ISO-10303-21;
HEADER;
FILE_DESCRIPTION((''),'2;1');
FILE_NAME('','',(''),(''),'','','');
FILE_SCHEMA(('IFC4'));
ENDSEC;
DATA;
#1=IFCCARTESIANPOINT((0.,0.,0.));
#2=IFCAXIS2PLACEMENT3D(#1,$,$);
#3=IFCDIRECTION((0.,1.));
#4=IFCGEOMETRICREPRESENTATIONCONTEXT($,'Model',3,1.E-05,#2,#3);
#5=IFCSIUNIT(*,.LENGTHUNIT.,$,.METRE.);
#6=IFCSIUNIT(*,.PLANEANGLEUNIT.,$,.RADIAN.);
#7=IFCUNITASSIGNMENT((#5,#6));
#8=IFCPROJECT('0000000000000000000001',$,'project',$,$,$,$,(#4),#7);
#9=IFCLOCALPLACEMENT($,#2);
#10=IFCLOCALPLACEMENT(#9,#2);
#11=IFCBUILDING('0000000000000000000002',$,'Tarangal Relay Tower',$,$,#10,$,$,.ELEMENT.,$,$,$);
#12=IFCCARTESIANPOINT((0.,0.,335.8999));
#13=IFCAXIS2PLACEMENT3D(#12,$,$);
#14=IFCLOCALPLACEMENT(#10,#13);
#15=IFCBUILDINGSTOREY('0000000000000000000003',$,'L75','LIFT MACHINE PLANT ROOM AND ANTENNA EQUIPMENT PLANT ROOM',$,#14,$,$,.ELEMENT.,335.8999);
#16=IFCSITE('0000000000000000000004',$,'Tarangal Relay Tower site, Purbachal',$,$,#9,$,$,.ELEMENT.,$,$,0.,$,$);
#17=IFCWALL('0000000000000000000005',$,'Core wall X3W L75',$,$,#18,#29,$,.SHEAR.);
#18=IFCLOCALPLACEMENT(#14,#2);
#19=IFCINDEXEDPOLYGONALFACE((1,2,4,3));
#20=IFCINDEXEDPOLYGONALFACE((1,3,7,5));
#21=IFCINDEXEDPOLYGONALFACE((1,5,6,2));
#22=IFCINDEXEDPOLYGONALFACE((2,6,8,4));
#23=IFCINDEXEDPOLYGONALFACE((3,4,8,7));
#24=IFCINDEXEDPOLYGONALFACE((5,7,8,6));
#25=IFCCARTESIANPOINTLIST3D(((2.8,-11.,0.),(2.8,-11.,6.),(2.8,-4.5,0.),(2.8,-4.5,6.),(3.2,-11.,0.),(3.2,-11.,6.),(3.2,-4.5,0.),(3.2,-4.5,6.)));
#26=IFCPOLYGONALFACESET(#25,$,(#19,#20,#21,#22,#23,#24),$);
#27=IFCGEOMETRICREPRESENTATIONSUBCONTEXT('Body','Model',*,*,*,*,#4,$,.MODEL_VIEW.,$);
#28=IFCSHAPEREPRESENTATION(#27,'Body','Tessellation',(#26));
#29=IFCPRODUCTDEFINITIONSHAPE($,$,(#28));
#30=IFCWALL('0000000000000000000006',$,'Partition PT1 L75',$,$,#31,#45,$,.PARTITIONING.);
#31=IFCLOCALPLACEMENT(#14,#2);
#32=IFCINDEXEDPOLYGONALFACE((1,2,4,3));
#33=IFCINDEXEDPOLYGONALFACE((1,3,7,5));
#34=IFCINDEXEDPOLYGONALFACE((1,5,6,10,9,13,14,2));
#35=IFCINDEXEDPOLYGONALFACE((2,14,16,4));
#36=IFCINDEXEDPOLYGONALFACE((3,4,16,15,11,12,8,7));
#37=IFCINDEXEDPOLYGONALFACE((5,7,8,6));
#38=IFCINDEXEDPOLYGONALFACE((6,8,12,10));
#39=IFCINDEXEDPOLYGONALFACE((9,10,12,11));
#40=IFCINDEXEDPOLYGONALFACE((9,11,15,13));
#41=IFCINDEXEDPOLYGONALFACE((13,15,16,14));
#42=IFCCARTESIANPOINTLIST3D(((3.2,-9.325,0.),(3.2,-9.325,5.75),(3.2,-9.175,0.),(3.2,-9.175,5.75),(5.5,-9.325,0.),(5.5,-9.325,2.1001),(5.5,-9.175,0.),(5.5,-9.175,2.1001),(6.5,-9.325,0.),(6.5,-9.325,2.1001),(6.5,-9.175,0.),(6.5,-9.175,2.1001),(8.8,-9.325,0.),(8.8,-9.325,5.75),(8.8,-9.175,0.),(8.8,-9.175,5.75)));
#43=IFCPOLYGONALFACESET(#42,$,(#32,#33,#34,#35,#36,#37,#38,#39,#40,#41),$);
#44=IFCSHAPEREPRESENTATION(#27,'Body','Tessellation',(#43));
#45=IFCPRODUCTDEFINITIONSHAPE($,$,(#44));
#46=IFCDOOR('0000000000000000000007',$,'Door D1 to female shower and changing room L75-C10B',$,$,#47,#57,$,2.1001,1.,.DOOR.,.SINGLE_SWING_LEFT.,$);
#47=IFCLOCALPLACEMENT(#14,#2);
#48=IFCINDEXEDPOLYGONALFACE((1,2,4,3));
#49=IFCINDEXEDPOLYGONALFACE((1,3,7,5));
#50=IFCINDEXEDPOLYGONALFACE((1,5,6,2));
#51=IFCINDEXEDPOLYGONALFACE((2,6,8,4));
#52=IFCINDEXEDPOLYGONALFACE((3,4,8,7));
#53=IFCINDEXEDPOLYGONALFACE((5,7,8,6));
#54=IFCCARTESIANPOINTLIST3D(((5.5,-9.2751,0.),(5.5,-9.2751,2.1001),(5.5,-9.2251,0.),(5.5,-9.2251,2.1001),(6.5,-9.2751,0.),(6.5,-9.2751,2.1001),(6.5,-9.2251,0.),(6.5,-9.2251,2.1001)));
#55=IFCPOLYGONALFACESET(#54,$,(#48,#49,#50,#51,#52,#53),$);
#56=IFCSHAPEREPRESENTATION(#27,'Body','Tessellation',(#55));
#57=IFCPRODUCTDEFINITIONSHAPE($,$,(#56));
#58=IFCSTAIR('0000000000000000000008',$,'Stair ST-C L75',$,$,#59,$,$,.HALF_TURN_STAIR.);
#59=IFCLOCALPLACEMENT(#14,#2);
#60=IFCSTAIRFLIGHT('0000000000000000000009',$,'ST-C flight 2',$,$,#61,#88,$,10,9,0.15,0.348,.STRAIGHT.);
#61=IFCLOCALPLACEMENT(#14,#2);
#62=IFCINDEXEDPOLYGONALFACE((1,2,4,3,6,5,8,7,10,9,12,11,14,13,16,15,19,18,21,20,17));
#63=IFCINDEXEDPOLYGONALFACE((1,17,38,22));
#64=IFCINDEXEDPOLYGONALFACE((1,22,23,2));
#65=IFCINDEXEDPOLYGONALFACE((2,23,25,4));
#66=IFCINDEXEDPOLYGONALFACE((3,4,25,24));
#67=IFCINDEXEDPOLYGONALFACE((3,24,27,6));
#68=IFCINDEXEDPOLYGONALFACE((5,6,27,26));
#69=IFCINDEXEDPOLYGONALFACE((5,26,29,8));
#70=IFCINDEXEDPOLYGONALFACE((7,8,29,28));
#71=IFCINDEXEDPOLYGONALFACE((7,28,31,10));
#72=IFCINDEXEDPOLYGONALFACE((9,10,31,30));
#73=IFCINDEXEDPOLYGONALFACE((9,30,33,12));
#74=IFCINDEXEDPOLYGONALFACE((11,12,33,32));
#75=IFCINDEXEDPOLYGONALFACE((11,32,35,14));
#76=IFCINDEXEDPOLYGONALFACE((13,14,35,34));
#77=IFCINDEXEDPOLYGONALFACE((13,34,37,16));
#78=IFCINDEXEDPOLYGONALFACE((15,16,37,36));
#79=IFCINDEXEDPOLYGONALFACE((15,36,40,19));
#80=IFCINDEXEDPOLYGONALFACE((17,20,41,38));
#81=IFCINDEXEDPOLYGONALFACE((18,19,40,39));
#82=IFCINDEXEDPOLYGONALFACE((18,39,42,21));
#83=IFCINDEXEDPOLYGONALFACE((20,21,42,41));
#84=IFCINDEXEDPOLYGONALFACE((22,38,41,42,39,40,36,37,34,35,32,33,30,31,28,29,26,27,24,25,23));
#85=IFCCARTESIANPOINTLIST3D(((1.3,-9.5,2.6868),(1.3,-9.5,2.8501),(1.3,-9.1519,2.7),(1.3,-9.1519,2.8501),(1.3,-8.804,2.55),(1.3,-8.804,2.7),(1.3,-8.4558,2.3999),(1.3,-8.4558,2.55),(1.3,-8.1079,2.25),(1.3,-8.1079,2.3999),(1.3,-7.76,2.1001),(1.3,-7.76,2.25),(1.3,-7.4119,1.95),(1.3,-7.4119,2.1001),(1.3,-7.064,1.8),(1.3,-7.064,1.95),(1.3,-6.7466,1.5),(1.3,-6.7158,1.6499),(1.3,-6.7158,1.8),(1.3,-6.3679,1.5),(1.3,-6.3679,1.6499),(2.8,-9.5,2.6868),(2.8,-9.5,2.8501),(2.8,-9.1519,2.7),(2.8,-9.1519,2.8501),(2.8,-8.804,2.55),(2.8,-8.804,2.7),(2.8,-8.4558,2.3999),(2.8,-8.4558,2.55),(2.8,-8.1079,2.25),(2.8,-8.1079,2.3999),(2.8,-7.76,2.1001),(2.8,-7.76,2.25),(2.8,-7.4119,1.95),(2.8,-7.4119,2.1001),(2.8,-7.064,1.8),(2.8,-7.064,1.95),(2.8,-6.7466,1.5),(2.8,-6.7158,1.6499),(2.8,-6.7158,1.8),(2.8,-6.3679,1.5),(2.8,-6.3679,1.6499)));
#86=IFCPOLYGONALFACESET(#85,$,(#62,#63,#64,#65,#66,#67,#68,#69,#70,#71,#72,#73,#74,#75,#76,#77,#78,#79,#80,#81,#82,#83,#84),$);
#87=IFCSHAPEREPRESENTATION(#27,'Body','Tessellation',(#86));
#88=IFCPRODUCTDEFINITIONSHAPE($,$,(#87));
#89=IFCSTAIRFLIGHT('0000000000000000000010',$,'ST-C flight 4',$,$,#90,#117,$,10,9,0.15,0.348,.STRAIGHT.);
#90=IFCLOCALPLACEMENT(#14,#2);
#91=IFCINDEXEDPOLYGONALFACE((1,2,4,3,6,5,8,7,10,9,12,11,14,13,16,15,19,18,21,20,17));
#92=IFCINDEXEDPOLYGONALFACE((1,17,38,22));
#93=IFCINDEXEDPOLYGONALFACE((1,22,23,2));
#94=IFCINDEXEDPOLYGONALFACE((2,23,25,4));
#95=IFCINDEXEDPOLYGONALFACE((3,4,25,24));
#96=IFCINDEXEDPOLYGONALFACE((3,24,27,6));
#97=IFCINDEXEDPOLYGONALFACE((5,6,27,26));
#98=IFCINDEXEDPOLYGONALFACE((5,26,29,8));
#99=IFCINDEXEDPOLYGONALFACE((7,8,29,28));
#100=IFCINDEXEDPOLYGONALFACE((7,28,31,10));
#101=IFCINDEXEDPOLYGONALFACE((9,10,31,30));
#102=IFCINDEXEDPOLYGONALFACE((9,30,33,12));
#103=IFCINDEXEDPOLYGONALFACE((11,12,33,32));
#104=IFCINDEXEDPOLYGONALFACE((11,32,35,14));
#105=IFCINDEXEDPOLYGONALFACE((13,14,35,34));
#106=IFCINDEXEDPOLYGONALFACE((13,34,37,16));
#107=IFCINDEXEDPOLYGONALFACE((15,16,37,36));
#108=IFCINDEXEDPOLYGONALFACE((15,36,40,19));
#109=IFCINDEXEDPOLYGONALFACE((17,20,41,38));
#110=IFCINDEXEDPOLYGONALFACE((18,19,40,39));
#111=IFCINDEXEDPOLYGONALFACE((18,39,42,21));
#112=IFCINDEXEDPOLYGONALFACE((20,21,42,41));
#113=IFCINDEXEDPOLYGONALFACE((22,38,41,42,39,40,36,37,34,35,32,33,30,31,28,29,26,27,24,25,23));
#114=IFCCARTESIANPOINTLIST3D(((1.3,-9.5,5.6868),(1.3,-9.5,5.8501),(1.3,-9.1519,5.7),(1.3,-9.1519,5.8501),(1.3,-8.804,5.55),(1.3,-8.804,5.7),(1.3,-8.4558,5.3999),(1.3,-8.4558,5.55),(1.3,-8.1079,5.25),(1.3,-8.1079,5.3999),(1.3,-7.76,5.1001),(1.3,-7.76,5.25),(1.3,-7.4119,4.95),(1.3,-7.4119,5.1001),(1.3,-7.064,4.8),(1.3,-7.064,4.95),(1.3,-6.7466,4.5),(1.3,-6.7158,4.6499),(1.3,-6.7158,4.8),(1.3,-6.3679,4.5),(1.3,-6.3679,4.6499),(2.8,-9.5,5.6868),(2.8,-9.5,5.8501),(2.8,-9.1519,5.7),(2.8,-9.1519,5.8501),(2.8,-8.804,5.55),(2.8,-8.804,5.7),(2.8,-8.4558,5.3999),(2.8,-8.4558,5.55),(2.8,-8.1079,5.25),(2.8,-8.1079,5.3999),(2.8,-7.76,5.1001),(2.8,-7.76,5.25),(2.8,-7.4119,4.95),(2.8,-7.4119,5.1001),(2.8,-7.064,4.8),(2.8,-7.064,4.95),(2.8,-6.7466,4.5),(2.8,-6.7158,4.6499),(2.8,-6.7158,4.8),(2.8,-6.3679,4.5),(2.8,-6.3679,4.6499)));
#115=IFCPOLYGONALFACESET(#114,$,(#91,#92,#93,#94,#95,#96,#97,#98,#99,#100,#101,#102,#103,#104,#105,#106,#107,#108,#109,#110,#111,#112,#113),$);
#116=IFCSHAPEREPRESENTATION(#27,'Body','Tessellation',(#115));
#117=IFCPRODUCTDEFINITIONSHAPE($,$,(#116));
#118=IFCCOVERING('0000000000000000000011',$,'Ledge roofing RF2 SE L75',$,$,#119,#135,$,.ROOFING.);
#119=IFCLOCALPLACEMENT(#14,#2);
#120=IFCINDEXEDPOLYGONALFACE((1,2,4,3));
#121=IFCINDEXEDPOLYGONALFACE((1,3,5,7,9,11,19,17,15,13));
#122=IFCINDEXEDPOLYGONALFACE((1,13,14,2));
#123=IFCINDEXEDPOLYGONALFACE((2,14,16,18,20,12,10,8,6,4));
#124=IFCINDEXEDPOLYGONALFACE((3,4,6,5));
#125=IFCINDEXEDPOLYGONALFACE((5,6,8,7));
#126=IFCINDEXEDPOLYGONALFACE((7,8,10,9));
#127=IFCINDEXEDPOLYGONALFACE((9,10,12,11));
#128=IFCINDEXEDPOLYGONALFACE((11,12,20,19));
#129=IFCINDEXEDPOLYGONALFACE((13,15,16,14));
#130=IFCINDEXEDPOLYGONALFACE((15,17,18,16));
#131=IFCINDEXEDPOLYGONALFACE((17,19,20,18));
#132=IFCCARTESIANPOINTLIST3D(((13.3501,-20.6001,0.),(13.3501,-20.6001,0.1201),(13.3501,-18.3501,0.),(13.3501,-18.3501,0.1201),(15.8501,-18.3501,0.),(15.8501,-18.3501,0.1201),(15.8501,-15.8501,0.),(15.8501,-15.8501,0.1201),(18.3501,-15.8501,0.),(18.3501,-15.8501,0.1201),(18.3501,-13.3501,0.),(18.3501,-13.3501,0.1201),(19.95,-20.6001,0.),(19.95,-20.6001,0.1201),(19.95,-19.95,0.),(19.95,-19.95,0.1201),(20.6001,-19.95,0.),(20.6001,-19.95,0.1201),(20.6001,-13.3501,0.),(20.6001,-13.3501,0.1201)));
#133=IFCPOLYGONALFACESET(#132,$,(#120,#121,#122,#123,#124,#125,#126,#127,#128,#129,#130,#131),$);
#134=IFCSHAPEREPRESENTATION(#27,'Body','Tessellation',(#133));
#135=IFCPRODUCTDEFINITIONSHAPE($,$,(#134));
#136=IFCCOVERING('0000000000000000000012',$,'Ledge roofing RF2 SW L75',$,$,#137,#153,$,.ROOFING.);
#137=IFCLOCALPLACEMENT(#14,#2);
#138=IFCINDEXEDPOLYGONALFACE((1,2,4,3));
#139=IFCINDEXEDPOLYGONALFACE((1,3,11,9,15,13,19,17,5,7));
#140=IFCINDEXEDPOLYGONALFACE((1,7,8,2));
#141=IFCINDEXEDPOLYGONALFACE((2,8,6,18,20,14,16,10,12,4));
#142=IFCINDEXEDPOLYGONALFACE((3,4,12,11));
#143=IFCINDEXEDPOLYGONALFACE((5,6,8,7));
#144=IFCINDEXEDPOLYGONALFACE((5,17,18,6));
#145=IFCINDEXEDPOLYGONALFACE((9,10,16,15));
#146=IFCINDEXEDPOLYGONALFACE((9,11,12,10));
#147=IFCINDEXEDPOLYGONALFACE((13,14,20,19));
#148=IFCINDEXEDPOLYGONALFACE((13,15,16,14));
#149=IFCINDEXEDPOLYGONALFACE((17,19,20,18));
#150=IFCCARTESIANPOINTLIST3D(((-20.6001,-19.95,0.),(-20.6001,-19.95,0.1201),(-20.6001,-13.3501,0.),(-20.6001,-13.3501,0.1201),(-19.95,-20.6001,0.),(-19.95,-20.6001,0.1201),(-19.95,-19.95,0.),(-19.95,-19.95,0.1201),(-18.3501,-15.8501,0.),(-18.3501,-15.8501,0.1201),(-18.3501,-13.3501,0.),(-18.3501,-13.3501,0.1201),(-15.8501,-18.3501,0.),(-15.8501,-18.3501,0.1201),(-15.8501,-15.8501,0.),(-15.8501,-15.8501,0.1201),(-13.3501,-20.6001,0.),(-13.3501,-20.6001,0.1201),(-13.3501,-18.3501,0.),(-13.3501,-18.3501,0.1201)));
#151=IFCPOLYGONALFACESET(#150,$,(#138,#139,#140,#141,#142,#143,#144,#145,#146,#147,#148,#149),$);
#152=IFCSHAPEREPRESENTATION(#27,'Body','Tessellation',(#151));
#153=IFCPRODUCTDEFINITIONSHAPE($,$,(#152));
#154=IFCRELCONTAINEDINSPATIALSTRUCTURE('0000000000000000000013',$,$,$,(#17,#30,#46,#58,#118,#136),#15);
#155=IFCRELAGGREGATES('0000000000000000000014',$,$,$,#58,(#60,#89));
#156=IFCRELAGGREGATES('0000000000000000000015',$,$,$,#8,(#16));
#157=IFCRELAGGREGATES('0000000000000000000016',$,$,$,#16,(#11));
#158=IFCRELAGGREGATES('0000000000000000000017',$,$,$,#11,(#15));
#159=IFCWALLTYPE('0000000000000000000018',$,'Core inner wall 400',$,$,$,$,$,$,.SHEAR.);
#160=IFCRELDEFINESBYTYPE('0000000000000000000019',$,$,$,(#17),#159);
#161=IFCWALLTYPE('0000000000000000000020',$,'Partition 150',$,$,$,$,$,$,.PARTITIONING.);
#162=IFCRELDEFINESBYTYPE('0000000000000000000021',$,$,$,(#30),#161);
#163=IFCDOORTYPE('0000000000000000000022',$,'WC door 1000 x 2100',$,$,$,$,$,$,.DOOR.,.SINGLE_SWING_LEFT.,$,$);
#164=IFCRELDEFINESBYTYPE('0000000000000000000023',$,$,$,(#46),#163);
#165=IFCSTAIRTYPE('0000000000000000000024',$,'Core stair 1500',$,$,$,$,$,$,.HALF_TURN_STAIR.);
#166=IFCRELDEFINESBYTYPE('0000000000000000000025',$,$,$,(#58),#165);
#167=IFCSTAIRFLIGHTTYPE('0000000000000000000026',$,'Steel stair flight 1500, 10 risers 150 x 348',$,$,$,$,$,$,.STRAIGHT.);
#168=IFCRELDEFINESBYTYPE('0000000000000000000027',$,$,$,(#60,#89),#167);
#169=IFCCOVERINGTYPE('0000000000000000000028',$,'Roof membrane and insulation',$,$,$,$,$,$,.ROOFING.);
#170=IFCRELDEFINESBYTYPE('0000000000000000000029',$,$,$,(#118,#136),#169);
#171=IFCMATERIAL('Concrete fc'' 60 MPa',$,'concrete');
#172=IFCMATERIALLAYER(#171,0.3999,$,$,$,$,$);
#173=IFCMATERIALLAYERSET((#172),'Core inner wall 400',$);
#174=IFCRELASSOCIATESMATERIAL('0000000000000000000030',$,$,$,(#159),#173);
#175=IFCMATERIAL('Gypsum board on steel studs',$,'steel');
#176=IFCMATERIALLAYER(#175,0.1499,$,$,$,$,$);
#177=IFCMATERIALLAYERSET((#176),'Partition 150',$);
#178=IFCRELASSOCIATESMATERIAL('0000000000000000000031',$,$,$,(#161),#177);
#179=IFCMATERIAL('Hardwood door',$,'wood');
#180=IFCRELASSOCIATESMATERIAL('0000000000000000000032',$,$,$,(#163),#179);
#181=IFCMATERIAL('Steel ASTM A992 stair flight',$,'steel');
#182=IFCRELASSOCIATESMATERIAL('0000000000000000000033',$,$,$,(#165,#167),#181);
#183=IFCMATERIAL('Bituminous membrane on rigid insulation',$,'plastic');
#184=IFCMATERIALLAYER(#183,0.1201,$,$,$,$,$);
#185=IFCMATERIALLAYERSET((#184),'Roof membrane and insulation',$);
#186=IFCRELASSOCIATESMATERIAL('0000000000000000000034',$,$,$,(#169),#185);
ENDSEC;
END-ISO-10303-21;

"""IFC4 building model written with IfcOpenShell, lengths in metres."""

from ifc_helpers import new_model, si_unit, direction, frame, frame_2d, origin, place, context, subcontext, project, spatial, polyline, rectangle, outline, extrude, material, layer, layer_set, type_object, element, fill, aggregate, save


model = new_model("IFC4")

# Units and contexts
model_context = context("Model", 3, precision=1e-05, world=origin(), true_north=direction((0.0, 1.0)))
body_context = subcontext(model_context, "Body", "Model", "MODEL_VIEW")
ifc_project = project(units=[si_unit("LENGTHUNIT", "METRE"), si_unit("PLANEANGLEUNIT", "RADIAN")], contexts=[model_context])

# Site, building, storey
site_placement = place(None, origin())
site = spatial("IfcSite", under=ifc_project, at=site_placement, Name="Tarangal Relay Tower site, Purbachal", CompositionType="ELEMENT", RefElevation=0.0)
building_placement = place(site_placement, origin())
building = spatial("IfcBuilding", under=site, at=building_placement, Name="Tarangal Relay Tower", CompositionType="ELEMENT")
storey_placement = place(building_placement, frame((0.0, 0.0, 335.8999)))
storey = spatial("IfcBuildingStorey", under=building, at=storey_placement, Name="L75", Description="LIFT MACHINE PLANT ROOM AND ANTENNA EQUIPMENT PLANT ROOM", CompositionType="ELEMENT", Elevation=335.8999)

# Wall
ifc_material_1 = material(Name="Concrete fc' 60 MPa", Category="concrete")
ifc_layer_1 = layer(ifc_material_1, 0.3999)
ifc_layer_set_1 = layer_set([ifc_layer_1], Name="Core inner wall 400")
wall_type_1 = type_object("IfcWallType", Name="Core inner wall 400", PredefinedType="SHEAR", material=ifc_layer_set_1)
wall_1_placement = place(storey_placement, frame((3.0, -11.0, 0.0), z_axis=(0.0, 0.0, 1.0), x_axis=(0.0, 1.0, 0.0)))
element("IfcWall", 1, at=wall_1_placement, inside=storey, type_object=wall_type_1, Name="Core wall X3W L75", PredefinedType="SHEAR", context=body_context, shape_type="SweptSolid", body=[
    extrude(rectangle(XDim=6.5, YDim=0.3999, at=frame_2d((3.25, 0.0))), origin(), (0.0, 0.0, 1.0), 6.0),
])

# Wall, opening, door
ifc_material_2 = material(Name="Gypsum board on steel studs", Category="steel")
ifc_layer_2 = layer(ifc_material_2, 0.1499)
ifc_layer_set_2 = layer_set([ifc_layer_2], Name="Partition 150")
wall_type_2 = type_object("IfcWallType", Name="Partition 150", PredefinedType="PARTITIONING", material=ifc_layer_set_2)
wall_2_placement = place(storey_placement, frame((3.2, -9.25, 0.0), z_axis=(0.0, 0.0, 1.0), x_axis=(1.0, 0.0, 0.0)))
wall_2 = element("IfcWall", 2, at=wall_2_placement, inside=storey, type_object=wall_type_2, Name="Partition PT1 L75", PredefinedType="PARTITIONING", context=body_context, shape_type="SweptSolid", body=[
    extrude(rectangle(XDim=5.6001, YDim=0.1499, at=frame_2d((2.8, 0.0))), origin(), (0.0, 0.0, 1.0), 5.75),
])
opening_placement = place(wall_2_placement, frame((2.3, 0.0, 0.0)))
opening = element("IfcOpeningElement", 3, at=opening_placement, cuts=wall_2, PredefinedType="OPENING", context=body_context, shape_type="SweptSolid", body=[
    extrude(rectangle(XDim=1.0, YDim=2.1001, at=frame_2d((0.5, 1.05))), frame((0.0, 0.085, 0.0), z_axis=(0.0, -1.0, 0.0), x_axis=(1.0, 0.0, 0.0)), (0.0, 0.0, 1.0), 0.1699),
])
ifc_material_3 = material(Name="Hardwood door", Category="wood")
door_type = type_object("IfcDoorType", Name="WC door 1000 x 2100", OperationType="SINGLE_SWING_LEFT", PredefinedType="DOOR", material=ifc_material_3)
door_placement = place(opening_placement, origin())
door = element("IfcDoor", 4, at=door_placement, inside=storey, type_object=door_type, Name="Door D1 to female shower and changing room L75-C10B", OperationType="SINGLE_SWING_LEFT", OverallHeight=2.1001, OverallWidth=1.0, PredefinedType="DOOR", context=body_context, shape_type="SweptSolid", body=[
    extrude(rectangle(XDim=1.0, YDim=2.1001, at=frame_2d((0.5, 1.05))), frame((0.0, 0.0249, 0.0), z_axis=(0.0, -1.0, 0.0), x_axis=(1.0, 0.0, 0.0)), (0.0, 0.0, 1.0), 0.05),
])
fill(opening, door)

# Stair, stair flights
ifc_material_4 = material(Name="Steel ASTM A992 stair flight", Category="steel")
stair_type = type_object("IfcStairType", Name="Core stair 1500", PredefinedType="HALF_TURN_STAIR", material=ifc_material_4)
stair_placement = place(storey_placement, origin())
stair = element("IfcStair", 5, at=stair_placement, inside=storey, type_object=stair_type, Name="Stair ST-C L75", PredefinedType="HALF_TURN_STAIR")
stair_flight_type = type_object("IfcStairFlightType", Name="Steel stair flight 1500, 10 risers 150 x 348", PredefinedType="STRAIGHT", material=ifc_material_4)
stair_flight_1_placement = place(storey_placement, frame((2.05, -6.3679, 1.5), z_axis=(0.0, 0.0, 1.0), x_axis=(0.0, -1.0, 0.0)))
stair_flight_1 = element("IfcStairFlight", 6, at=stair_flight_1_placement, type_object=stair_flight_type, Name="ST-C flight 2", NumberOfRisers=10, NumberOfTreads=9, PredefinedType="STRAIGHT", RiserHeight=0.15, TreadLength=0.348, context=body_context, shape_type="SweptSolid", body=[
    extrude(outline(polyline([(0.0, 0.0), (0.0, 0.1499), (0.3479, 0.1499), (0.3479, 0.3), (0.696, 0.3), (0.696, 0.45), (1.0439, 0.45), (1.0439, 0.6001), (1.3921, 0.6001), (1.3921, 0.75), (1.74, 0.75), (1.74, 0.8999), (2.0879, 0.8999), (2.0879, 1.05), (2.436, 1.05), (2.436, 1.2), (2.7839, 1.2), (2.7839, 1.3501), (3.1321, 1.3501), (3.1321, 1.5), (3.1321, 1.1868), (0.3787, 0.0), (0.0, 0.0)])), frame((0.0, 0.75, 0.0), z_axis=(0.0, -1.0, 0.0), x_axis=(1.0, 0.0, 0.0)), (0.0, 0.0, 1.0), 1.5),
])
stair_flight_2_placement = place(storey_placement, frame((2.05, -6.3679, 4.5), z_axis=(0.0, 0.0, 1.0), x_axis=(0.0, -1.0, 0.0)))
stair_flight_2 = element("IfcStairFlight", 7, at=stair_flight_2_placement, type_object=stair_flight_type, Name="ST-C flight 4", NumberOfRisers=10, NumberOfTreads=9, PredefinedType="STRAIGHT", RiserHeight=0.15, TreadLength=0.348, context=body_context, shape_type="SweptSolid", body=[
    extrude(outline(polyline([(0.0, 0.0), (0.0, 0.1499), (0.3479, 0.1499), (0.3479, 0.3), (0.696, 0.3), (0.696, 0.45), (1.0439, 0.45), (1.0439, 0.6001), (1.3921, 0.6001), (1.3921, 0.75), (1.74, 0.75), (1.74, 0.8999), (2.0879, 0.8999), (2.0879, 1.05), (2.436, 1.05), (2.436, 1.2), (2.7839, 1.2), (2.7839, 1.3501), (3.1321, 1.3501), (3.1321, 1.5), (3.1321, 1.1868), (0.3787, 0.0), (0.0, 0.0)])), frame((0.0, 0.75, 0.0), z_axis=(0.0, -1.0, 0.0), x_axis=(1.0, 0.0, 0.0)), (0.0, 0.0, 1.0), 1.5),
])
aggregate(stair, [stair_flight_1, stair_flight_2])

# Coverings
ifc_material_5 = material(Name="Bituminous membrane on rigid insulation", Category="plastic")
ifc_layer_3 = layer(ifc_material_5, 0.1201)
ifc_layer_set_3 = layer_set([ifc_layer_3], Name="Roof membrane and insulation")
covering_type = type_object("IfcCoveringType", Name="Roof membrane and insulation", PredefinedType="ROOFING", material=ifc_layer_set_3)
covering_1_placement = place(storey_placement, origin())
element("IfcCovering", 8, at=covering_1_placement, inside=storey, type_object=covering_type, Name="Ledge roofing RF2 SE L75", PredefinedType="ROOFING", context=body_context, shape_type="SweptSolid", body=[
    extrude(outline(polyline([(19.95, -19.95), (20.6001, -19.95), (20.6001, -13.3501), (18.3501, -13.3501), (18.3501, -15.8501), (15.8501, -15.8501), (15.8501, -18.3501), (13.3501, -18.3501), (13.3501, -20.6001), (19.95, -20.6001), (19.95, -19.95)])), origin(), (0.0, 0.0, 1.0), 0.1201),
])
covering_2_placement = place(storey_placement, origin())
element("IfcCovering", 9, at=covering_2_placement, inside=storey, type_object=covering_type, Name="Ledge roofing RF2 SW L75", PredefinedType="ROOFING", context=body_context, shape_type="SweptSolid", body=[
    extrude(outline(polyline([(-19.95, -19.95), (-19.95, -20.6001), (-13.3501, -20.6001), (-13.3501, -18.3501), (-15.8501, -18.3501), (-15.8501, -15.8501), (-18.3501, -15.8501), (-18.3501, -13.3501), (-20.6001, -13.3501), (-20.6001, -19.95), (-19.95, -19.95)])), origin(), (0.0, 0.0, 1.0), 0.1201),
])

save(model, "model.ifc")
